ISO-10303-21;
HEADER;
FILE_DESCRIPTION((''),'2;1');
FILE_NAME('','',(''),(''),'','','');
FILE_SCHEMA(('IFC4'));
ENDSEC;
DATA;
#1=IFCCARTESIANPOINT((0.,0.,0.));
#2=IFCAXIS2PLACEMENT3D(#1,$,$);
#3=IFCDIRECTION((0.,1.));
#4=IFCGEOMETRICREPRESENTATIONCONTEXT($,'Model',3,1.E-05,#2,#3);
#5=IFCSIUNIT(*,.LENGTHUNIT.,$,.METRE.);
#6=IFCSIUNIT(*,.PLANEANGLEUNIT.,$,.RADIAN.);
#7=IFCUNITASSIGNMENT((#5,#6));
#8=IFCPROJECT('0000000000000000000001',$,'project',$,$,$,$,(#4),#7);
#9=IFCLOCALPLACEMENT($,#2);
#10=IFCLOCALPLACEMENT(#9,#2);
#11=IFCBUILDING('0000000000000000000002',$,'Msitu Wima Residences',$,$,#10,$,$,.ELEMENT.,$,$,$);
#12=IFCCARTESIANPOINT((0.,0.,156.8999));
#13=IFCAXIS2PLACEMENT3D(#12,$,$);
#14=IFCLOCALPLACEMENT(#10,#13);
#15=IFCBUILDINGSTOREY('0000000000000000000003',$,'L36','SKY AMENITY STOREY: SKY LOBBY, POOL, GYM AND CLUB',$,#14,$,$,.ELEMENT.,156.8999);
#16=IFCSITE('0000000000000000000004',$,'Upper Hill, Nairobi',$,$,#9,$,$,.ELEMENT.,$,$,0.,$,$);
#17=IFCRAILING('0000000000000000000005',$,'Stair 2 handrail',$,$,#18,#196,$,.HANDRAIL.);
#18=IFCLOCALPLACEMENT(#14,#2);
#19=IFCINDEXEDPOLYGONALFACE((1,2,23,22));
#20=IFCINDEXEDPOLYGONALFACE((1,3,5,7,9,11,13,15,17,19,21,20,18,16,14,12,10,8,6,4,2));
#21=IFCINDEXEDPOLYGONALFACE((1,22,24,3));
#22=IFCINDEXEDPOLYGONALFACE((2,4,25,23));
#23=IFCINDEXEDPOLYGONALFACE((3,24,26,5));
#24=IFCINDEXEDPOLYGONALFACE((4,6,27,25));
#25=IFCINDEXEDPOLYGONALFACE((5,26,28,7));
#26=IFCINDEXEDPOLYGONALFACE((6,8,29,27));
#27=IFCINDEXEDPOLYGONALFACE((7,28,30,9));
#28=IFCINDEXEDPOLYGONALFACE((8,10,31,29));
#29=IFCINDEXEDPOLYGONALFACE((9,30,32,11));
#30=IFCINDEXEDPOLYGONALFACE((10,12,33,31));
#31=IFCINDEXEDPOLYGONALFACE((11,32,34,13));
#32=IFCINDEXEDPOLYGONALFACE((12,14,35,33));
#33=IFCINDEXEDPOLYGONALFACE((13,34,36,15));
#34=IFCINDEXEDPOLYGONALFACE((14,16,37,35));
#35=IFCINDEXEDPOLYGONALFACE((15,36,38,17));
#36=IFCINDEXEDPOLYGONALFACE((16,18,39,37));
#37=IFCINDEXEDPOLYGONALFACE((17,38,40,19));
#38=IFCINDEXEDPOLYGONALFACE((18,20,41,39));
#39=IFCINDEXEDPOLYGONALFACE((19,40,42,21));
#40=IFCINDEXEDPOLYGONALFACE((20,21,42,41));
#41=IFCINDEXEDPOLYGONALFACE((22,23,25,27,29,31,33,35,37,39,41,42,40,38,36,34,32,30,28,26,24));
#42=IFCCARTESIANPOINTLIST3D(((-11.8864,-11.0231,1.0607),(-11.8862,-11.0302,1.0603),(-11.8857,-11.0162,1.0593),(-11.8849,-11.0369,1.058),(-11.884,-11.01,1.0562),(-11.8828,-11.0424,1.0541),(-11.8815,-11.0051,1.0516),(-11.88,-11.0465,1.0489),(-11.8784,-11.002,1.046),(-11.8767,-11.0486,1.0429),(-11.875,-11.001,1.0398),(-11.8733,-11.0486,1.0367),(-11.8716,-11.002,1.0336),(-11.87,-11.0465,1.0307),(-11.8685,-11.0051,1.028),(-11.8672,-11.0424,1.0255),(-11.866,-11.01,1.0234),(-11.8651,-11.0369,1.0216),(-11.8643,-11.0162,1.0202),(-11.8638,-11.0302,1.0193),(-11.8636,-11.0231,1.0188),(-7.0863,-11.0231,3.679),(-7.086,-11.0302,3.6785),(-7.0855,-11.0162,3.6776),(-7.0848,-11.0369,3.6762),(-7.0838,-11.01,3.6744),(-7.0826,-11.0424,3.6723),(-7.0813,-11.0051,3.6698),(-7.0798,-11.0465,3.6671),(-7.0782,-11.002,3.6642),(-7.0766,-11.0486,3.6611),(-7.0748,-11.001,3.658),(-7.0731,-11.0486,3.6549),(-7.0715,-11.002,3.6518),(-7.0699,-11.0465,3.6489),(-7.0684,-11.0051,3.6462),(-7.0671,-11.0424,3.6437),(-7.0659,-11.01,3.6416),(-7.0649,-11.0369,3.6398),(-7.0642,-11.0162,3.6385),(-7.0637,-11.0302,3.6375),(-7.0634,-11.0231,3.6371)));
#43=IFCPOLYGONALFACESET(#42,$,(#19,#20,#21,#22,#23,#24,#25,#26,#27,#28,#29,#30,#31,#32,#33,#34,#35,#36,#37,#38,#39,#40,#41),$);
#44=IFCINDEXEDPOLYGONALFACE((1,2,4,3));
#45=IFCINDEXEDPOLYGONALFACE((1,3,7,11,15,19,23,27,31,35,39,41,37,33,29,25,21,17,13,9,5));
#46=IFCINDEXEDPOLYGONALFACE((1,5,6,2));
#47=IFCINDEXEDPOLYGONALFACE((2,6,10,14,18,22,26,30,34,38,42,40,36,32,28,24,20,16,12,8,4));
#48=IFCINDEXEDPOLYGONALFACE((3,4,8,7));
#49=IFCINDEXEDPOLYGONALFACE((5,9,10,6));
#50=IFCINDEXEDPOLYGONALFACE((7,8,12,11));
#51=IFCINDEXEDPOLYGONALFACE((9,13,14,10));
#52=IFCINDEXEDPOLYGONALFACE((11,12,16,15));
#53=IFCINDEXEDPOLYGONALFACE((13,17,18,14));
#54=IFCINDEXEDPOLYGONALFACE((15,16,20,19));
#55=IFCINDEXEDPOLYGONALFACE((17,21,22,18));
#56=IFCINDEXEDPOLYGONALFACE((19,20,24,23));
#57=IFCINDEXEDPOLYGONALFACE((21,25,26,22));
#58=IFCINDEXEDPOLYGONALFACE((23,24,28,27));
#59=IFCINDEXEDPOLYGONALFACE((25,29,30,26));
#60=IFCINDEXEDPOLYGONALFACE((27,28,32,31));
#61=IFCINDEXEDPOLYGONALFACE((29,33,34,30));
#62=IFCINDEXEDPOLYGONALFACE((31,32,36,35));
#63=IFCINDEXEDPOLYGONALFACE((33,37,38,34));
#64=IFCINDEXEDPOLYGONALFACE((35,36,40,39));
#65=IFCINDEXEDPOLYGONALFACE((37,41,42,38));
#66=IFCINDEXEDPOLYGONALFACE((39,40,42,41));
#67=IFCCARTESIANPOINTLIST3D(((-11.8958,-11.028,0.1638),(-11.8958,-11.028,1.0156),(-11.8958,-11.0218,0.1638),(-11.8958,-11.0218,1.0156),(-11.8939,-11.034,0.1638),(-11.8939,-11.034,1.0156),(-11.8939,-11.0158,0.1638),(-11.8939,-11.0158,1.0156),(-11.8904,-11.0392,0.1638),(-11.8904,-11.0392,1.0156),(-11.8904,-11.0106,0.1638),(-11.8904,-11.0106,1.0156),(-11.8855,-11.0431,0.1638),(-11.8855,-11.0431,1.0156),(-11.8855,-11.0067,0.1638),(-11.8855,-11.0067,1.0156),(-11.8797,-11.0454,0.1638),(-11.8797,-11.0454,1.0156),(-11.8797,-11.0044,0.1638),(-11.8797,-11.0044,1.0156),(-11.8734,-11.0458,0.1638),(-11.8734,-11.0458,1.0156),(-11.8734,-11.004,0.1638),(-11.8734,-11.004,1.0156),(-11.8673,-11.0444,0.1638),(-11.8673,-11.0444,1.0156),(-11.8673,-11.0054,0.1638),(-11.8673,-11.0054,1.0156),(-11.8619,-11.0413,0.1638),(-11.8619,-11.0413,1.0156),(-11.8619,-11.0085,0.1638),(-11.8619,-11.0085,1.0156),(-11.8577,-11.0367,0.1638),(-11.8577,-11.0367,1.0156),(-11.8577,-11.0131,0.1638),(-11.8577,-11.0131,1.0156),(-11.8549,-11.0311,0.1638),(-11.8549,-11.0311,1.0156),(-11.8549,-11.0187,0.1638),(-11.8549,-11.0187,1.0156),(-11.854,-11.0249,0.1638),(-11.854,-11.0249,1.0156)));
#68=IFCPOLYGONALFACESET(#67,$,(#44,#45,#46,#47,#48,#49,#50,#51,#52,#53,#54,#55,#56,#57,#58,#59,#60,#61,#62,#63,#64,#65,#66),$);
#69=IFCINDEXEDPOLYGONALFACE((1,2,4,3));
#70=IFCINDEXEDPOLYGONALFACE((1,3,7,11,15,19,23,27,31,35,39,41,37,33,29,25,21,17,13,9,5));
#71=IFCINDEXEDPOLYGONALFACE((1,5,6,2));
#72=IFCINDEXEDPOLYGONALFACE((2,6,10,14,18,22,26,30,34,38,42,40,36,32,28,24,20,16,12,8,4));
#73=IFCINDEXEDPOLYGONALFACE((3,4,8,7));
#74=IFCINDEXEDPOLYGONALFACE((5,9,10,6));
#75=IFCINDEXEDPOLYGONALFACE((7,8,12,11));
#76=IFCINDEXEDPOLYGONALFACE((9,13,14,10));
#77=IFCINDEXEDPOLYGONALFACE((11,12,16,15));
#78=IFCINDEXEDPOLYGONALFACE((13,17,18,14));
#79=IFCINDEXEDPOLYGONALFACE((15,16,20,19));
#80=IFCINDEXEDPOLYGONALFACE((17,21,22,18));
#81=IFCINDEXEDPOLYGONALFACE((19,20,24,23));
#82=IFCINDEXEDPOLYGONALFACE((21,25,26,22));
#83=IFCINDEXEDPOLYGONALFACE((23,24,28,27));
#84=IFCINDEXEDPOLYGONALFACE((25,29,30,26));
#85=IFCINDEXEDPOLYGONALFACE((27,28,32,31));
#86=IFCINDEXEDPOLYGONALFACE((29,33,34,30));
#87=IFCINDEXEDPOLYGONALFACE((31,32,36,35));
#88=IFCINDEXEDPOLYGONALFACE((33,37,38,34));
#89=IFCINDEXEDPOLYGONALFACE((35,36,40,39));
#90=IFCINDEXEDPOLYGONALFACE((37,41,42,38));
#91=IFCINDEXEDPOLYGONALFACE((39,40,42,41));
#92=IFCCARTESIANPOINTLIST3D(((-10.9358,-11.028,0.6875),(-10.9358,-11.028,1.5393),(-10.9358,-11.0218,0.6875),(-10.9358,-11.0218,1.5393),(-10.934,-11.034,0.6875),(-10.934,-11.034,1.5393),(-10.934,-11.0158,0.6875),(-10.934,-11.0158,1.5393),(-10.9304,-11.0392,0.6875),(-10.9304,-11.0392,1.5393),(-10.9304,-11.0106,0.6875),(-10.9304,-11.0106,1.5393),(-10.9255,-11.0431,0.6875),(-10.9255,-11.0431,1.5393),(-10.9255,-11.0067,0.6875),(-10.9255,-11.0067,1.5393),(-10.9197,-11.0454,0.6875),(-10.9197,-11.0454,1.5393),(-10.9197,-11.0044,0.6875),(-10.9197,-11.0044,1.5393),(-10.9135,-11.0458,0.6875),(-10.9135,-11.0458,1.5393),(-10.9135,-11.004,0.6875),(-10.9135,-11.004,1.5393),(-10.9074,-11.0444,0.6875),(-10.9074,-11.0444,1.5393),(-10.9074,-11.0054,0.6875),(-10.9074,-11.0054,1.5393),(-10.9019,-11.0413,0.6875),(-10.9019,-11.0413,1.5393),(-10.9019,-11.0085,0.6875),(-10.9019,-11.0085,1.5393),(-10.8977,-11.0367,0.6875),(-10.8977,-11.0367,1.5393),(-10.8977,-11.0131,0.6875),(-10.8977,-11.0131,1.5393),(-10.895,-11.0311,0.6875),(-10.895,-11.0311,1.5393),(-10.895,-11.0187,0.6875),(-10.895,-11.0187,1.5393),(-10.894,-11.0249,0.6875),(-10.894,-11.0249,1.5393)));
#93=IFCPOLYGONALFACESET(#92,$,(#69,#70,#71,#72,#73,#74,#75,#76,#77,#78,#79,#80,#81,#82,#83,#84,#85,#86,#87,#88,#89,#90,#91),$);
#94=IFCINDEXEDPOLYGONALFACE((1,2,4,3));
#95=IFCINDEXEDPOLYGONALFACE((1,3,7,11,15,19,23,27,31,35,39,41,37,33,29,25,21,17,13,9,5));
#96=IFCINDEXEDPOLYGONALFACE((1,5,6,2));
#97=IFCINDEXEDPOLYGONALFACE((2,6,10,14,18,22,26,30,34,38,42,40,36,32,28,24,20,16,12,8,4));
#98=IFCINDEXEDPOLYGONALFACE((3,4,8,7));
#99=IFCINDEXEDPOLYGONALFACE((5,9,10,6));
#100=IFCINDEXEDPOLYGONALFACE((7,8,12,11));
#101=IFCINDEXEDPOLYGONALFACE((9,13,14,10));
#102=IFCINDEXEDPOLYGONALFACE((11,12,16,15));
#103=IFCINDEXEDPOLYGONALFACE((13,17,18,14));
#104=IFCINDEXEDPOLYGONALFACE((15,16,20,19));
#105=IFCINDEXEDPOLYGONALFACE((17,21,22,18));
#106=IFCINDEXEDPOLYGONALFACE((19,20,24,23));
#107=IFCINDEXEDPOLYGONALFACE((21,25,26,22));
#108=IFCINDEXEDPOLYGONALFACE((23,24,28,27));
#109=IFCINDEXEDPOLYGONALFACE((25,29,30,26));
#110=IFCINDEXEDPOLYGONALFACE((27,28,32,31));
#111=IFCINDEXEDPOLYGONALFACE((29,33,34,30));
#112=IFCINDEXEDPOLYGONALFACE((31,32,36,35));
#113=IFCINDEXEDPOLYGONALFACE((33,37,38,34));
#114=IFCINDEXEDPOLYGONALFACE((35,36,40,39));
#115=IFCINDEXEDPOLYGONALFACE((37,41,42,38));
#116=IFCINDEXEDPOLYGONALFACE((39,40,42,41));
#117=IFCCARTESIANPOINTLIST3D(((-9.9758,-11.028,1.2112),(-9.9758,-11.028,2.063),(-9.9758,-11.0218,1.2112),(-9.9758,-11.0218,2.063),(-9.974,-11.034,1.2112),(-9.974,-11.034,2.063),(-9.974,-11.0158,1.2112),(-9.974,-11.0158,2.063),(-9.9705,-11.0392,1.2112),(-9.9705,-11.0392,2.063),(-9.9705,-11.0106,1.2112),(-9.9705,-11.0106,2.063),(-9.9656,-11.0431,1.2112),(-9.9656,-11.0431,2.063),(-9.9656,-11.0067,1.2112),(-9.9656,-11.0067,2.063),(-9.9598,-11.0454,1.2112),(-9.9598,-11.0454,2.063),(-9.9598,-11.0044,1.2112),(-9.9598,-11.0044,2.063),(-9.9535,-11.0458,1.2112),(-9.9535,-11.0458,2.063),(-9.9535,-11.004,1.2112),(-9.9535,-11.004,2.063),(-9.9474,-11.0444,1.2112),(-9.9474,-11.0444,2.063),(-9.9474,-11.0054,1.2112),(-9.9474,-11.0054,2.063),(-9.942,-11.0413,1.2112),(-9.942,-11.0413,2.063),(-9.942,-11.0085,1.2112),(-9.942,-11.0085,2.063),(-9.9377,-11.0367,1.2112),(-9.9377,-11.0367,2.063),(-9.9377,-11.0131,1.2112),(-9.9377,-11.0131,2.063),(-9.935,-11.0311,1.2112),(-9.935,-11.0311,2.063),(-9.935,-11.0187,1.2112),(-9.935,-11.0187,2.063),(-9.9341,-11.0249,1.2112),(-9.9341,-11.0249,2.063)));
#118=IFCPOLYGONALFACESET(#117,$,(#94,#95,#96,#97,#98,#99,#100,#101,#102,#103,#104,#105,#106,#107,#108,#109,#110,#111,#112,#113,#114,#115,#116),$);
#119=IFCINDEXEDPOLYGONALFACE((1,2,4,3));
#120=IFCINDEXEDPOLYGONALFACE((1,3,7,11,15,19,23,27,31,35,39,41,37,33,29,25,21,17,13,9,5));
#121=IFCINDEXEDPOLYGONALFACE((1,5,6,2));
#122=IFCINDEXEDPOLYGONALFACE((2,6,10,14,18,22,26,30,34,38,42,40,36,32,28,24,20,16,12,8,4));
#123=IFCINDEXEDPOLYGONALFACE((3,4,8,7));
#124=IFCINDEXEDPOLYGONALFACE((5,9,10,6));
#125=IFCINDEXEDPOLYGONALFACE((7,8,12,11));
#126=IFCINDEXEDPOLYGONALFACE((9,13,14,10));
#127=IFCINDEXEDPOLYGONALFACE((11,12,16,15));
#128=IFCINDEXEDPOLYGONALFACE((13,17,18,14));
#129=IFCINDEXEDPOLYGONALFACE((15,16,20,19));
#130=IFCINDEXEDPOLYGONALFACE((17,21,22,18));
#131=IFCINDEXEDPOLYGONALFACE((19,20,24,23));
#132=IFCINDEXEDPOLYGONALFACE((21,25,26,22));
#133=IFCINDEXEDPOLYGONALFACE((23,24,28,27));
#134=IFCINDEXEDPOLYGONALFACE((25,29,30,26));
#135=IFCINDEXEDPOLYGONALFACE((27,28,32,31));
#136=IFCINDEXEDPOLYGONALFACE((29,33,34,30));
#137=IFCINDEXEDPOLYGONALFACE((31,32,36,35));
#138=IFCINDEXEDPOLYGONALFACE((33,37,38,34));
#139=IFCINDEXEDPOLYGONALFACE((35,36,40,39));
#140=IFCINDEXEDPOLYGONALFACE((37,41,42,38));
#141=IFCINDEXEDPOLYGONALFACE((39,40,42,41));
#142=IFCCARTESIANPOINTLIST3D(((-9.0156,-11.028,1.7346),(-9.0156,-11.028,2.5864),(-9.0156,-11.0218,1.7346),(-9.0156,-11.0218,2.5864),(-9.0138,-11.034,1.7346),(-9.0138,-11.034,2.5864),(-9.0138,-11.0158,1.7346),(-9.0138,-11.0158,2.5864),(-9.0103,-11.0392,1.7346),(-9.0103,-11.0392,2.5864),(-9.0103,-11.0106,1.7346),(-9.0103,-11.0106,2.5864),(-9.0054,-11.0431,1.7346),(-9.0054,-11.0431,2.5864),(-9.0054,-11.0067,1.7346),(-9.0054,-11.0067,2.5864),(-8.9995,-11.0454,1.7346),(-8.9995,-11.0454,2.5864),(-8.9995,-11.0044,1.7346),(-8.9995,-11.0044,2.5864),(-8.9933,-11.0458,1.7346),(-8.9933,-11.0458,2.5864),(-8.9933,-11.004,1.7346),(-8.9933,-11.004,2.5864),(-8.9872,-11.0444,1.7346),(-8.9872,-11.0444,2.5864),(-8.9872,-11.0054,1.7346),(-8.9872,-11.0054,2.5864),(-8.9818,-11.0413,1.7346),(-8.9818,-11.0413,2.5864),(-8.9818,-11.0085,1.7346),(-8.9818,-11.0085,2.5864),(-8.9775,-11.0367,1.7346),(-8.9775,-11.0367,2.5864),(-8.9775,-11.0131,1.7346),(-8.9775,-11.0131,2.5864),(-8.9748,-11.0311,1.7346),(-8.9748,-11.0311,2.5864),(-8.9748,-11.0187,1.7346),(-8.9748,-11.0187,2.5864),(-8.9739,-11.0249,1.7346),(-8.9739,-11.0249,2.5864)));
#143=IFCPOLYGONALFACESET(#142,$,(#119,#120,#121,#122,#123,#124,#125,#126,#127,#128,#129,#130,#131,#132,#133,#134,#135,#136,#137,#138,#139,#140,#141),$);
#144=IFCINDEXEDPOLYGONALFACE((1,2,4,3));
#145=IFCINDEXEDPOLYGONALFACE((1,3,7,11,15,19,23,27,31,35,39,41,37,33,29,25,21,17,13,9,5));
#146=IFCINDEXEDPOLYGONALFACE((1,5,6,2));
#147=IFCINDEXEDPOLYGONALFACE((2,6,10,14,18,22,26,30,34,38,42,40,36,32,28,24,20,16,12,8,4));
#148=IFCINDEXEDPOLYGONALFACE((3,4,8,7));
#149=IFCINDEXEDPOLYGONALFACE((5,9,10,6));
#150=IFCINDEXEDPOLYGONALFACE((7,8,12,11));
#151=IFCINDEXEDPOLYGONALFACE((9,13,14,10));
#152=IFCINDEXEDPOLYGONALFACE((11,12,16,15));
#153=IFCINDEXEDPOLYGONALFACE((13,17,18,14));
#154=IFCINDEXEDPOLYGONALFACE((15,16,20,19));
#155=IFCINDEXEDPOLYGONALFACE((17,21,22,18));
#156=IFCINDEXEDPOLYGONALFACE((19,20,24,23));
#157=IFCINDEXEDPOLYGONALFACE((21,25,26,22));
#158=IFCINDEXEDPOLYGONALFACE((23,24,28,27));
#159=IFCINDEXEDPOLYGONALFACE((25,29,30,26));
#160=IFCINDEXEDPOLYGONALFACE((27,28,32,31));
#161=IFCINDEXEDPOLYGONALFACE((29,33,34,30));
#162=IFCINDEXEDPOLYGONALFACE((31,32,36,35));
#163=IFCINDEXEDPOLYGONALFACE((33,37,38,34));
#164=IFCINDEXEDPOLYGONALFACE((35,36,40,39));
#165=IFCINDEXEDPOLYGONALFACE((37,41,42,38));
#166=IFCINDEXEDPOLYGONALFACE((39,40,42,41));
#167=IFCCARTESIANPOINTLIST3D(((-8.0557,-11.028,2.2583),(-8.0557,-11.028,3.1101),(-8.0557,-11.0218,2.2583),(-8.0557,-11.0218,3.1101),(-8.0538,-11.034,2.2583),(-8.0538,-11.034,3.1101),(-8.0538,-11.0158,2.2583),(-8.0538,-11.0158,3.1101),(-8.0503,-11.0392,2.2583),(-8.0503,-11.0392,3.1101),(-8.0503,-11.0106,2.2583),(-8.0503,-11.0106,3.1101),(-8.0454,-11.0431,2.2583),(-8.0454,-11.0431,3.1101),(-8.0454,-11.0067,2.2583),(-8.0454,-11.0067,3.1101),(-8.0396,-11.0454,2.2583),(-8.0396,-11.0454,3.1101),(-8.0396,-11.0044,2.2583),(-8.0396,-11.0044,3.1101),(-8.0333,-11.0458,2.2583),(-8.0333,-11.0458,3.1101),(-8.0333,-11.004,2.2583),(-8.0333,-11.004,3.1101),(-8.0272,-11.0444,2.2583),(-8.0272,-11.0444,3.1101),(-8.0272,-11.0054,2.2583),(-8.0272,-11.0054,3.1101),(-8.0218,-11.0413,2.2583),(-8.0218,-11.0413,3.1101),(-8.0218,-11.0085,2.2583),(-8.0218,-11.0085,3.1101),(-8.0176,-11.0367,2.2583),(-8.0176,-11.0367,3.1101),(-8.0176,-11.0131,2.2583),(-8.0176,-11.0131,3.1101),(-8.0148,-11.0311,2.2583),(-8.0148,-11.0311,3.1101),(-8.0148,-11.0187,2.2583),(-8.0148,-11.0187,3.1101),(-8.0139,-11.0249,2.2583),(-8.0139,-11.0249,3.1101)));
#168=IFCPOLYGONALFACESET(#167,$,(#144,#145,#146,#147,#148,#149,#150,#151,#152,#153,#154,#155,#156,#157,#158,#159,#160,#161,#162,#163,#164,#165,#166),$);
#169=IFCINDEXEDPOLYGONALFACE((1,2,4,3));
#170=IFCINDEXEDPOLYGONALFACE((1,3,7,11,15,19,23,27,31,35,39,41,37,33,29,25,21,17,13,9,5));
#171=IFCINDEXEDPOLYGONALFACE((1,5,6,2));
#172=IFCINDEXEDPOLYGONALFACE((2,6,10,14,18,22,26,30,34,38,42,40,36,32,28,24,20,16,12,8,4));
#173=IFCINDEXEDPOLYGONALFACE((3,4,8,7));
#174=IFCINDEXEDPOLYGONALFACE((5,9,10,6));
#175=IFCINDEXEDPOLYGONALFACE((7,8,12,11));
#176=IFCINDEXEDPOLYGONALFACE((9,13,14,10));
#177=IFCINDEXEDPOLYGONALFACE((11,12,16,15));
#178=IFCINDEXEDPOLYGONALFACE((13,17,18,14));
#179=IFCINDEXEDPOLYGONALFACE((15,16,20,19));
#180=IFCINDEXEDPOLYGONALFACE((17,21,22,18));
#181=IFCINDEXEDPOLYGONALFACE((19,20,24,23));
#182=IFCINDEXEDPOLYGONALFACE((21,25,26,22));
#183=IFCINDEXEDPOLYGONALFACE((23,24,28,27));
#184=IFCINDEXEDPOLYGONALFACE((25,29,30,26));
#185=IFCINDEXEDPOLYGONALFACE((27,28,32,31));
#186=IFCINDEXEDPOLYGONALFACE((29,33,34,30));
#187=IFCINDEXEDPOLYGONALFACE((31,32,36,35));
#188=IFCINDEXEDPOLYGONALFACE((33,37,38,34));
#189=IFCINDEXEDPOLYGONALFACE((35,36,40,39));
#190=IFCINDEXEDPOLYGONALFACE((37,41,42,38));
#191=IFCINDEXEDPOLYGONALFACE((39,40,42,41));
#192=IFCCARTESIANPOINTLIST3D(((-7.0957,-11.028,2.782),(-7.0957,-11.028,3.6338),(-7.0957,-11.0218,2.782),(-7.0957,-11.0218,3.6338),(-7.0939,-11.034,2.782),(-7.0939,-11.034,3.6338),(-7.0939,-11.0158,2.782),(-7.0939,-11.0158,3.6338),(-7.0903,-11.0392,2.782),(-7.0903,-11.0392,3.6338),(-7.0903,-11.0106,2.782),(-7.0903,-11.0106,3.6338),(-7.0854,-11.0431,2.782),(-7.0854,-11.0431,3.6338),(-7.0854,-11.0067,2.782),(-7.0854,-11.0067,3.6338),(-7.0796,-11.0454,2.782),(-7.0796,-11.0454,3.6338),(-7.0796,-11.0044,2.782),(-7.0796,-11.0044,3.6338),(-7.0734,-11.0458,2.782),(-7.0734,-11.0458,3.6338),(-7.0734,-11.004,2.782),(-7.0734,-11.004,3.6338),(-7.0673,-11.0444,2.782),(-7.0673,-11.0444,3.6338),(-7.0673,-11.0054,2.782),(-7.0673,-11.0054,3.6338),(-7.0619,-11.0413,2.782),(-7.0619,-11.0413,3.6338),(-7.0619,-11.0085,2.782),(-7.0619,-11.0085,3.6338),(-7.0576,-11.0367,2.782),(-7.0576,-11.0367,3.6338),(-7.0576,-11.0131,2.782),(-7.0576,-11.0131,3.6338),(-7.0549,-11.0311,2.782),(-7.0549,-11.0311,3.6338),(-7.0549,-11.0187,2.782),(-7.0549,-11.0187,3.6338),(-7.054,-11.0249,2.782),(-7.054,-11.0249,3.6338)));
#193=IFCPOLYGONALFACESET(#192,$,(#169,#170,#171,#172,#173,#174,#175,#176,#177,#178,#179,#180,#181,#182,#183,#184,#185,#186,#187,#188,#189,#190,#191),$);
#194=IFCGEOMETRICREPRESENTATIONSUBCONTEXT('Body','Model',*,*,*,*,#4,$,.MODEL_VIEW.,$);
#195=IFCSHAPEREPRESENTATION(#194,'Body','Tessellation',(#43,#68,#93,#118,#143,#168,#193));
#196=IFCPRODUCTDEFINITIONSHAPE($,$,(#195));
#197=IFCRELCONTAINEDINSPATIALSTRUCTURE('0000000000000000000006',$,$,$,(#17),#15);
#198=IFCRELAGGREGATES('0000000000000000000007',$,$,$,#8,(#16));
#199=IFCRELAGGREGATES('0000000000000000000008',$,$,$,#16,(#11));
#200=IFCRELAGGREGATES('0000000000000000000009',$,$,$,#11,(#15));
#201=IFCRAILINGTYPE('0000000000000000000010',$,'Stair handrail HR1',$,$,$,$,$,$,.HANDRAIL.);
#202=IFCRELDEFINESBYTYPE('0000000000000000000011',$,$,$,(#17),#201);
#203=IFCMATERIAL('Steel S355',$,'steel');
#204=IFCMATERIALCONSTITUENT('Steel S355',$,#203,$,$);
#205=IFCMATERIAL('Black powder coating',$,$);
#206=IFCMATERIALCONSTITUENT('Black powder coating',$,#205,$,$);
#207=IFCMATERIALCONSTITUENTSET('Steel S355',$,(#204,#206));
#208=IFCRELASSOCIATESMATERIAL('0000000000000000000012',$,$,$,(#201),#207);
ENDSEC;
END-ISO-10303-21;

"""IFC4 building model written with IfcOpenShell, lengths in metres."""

from ifc_helpers import new_model, si_unit, direction, frame, origin, origin_2d, place, context, subcontext, project, spatial, circle, extrude, material, constituent, constituent_set, type_object, element, save


model = new_model("IFC4")

# Units and contexts
model_context = context("Model", 3, precision=1e-05, world=origin(), true_north=direction((0.0, 1.0)))
body_context = subcontext(model_context, "Body", "Model", "MODEL_VIEW")
ifc_project = project(units=[si_unit("LENGTHUNIT", "METRE"), si_unit("PLANEANGLEUNIT", "RADIAN")], contexts=[model_context])

# Site, building, storey
site_placement = place(None, origin())
site = spatial("IfcSite", under=ifc_project, at=site_placement, Name="Upper Hill, Nairobi", CompositionType="ELEMENT", RefElevation=0.0)
building_placement = place(site_placement, origin())
building = spatial("IfcBuilding", under=site, at=building_placement, Name="Msitu Wima Residences", CompositionType="ELEMENT")
storey_placement = place(building_placement, frame((0.0, 0.0, 156.8999)))
storey = spatial("IfcBuildingStorey", under=building, at=storey_placement, Name="L36", Description="SKY AMENITY STOREY: SKY LOBBY, POOL, GYM AND CLUB", CompositionType="ELEMENT", Elevation=156.8999)

# Railing
ifc_material_1 = material(Name="Steel S355", Category="steel")
ifc_constituent_1 = constituent(ifc_material_1, Name="Steel S355")
ifc_material_2 = material(Name="Black powder coating")
ifc_constituent_2 = constituent(ifc_material_2, Name="Black powder coating")
ifc_constituent_set = constituent_set(constituents=[ifc_constituent_1, ifc_constituent_2], Name="Steel S355")
railing_type = type_object("IfcRailingType", Name="Stair handrail HR1", PredefinedType="HANDRAIL", material=ifc_constituent_set)
for number, where, name in (
    (1, (-11.875, -11.0249, 0.1638), "Stair 2 handrail"),
):
    element("IfcRailing", number, at=place(storey_placement, frame(where)), inside=storey, type_object=railing_type, Name=name, PredefinedType="HANDRAIL", context=body_context, shape_type="SweptSolid", body=[
        extrude(circle(Radius=0.0239, at=origin_2d()), frame((0.0, 0.0, 0.876), z_axis=(0.877899, 0.0, 0.478846), x_axis=(0.0, 1.0, 0.0)), (0.0, 0.0, 1.0), 5.4678),
        extrude(circle(Radius=0.021, at=origin_2d()), origin(), (0.0, 0.0, 1.0), 0.8518),
        extrude(circle(Radius=0.021, at=origin_2d()), frame((0.96, 0.0, 0.5237)), (0.0, 0.0, 1.0), 0.8518),
        extrude(circle(Radius=0.021, at=origin_2d()), frame((1.9199, 0.0, 1.0474)), (0.0, 0.0, 1.0), 0.8518),
        extrude(circle(Radius=0.021, at=origin_2d()), frame((2.8801, 0.0, 1.5708)), (0.0, 0.0, 1.0), 0.8518),
        extrude(circle(Radius=0.021, at=origin_2d()), frame((3.8401, 0.0, 2.0945)), (0.0, 0.0, 1.0), 0.8518),
        extrude(circle(Radius=0.021, at=origin_2d()), frame((4.8, 0.0, 2.6182)), (0.0, 0.0, 1.0), 0.8518),
    ])

save(model, "model.ifc")
